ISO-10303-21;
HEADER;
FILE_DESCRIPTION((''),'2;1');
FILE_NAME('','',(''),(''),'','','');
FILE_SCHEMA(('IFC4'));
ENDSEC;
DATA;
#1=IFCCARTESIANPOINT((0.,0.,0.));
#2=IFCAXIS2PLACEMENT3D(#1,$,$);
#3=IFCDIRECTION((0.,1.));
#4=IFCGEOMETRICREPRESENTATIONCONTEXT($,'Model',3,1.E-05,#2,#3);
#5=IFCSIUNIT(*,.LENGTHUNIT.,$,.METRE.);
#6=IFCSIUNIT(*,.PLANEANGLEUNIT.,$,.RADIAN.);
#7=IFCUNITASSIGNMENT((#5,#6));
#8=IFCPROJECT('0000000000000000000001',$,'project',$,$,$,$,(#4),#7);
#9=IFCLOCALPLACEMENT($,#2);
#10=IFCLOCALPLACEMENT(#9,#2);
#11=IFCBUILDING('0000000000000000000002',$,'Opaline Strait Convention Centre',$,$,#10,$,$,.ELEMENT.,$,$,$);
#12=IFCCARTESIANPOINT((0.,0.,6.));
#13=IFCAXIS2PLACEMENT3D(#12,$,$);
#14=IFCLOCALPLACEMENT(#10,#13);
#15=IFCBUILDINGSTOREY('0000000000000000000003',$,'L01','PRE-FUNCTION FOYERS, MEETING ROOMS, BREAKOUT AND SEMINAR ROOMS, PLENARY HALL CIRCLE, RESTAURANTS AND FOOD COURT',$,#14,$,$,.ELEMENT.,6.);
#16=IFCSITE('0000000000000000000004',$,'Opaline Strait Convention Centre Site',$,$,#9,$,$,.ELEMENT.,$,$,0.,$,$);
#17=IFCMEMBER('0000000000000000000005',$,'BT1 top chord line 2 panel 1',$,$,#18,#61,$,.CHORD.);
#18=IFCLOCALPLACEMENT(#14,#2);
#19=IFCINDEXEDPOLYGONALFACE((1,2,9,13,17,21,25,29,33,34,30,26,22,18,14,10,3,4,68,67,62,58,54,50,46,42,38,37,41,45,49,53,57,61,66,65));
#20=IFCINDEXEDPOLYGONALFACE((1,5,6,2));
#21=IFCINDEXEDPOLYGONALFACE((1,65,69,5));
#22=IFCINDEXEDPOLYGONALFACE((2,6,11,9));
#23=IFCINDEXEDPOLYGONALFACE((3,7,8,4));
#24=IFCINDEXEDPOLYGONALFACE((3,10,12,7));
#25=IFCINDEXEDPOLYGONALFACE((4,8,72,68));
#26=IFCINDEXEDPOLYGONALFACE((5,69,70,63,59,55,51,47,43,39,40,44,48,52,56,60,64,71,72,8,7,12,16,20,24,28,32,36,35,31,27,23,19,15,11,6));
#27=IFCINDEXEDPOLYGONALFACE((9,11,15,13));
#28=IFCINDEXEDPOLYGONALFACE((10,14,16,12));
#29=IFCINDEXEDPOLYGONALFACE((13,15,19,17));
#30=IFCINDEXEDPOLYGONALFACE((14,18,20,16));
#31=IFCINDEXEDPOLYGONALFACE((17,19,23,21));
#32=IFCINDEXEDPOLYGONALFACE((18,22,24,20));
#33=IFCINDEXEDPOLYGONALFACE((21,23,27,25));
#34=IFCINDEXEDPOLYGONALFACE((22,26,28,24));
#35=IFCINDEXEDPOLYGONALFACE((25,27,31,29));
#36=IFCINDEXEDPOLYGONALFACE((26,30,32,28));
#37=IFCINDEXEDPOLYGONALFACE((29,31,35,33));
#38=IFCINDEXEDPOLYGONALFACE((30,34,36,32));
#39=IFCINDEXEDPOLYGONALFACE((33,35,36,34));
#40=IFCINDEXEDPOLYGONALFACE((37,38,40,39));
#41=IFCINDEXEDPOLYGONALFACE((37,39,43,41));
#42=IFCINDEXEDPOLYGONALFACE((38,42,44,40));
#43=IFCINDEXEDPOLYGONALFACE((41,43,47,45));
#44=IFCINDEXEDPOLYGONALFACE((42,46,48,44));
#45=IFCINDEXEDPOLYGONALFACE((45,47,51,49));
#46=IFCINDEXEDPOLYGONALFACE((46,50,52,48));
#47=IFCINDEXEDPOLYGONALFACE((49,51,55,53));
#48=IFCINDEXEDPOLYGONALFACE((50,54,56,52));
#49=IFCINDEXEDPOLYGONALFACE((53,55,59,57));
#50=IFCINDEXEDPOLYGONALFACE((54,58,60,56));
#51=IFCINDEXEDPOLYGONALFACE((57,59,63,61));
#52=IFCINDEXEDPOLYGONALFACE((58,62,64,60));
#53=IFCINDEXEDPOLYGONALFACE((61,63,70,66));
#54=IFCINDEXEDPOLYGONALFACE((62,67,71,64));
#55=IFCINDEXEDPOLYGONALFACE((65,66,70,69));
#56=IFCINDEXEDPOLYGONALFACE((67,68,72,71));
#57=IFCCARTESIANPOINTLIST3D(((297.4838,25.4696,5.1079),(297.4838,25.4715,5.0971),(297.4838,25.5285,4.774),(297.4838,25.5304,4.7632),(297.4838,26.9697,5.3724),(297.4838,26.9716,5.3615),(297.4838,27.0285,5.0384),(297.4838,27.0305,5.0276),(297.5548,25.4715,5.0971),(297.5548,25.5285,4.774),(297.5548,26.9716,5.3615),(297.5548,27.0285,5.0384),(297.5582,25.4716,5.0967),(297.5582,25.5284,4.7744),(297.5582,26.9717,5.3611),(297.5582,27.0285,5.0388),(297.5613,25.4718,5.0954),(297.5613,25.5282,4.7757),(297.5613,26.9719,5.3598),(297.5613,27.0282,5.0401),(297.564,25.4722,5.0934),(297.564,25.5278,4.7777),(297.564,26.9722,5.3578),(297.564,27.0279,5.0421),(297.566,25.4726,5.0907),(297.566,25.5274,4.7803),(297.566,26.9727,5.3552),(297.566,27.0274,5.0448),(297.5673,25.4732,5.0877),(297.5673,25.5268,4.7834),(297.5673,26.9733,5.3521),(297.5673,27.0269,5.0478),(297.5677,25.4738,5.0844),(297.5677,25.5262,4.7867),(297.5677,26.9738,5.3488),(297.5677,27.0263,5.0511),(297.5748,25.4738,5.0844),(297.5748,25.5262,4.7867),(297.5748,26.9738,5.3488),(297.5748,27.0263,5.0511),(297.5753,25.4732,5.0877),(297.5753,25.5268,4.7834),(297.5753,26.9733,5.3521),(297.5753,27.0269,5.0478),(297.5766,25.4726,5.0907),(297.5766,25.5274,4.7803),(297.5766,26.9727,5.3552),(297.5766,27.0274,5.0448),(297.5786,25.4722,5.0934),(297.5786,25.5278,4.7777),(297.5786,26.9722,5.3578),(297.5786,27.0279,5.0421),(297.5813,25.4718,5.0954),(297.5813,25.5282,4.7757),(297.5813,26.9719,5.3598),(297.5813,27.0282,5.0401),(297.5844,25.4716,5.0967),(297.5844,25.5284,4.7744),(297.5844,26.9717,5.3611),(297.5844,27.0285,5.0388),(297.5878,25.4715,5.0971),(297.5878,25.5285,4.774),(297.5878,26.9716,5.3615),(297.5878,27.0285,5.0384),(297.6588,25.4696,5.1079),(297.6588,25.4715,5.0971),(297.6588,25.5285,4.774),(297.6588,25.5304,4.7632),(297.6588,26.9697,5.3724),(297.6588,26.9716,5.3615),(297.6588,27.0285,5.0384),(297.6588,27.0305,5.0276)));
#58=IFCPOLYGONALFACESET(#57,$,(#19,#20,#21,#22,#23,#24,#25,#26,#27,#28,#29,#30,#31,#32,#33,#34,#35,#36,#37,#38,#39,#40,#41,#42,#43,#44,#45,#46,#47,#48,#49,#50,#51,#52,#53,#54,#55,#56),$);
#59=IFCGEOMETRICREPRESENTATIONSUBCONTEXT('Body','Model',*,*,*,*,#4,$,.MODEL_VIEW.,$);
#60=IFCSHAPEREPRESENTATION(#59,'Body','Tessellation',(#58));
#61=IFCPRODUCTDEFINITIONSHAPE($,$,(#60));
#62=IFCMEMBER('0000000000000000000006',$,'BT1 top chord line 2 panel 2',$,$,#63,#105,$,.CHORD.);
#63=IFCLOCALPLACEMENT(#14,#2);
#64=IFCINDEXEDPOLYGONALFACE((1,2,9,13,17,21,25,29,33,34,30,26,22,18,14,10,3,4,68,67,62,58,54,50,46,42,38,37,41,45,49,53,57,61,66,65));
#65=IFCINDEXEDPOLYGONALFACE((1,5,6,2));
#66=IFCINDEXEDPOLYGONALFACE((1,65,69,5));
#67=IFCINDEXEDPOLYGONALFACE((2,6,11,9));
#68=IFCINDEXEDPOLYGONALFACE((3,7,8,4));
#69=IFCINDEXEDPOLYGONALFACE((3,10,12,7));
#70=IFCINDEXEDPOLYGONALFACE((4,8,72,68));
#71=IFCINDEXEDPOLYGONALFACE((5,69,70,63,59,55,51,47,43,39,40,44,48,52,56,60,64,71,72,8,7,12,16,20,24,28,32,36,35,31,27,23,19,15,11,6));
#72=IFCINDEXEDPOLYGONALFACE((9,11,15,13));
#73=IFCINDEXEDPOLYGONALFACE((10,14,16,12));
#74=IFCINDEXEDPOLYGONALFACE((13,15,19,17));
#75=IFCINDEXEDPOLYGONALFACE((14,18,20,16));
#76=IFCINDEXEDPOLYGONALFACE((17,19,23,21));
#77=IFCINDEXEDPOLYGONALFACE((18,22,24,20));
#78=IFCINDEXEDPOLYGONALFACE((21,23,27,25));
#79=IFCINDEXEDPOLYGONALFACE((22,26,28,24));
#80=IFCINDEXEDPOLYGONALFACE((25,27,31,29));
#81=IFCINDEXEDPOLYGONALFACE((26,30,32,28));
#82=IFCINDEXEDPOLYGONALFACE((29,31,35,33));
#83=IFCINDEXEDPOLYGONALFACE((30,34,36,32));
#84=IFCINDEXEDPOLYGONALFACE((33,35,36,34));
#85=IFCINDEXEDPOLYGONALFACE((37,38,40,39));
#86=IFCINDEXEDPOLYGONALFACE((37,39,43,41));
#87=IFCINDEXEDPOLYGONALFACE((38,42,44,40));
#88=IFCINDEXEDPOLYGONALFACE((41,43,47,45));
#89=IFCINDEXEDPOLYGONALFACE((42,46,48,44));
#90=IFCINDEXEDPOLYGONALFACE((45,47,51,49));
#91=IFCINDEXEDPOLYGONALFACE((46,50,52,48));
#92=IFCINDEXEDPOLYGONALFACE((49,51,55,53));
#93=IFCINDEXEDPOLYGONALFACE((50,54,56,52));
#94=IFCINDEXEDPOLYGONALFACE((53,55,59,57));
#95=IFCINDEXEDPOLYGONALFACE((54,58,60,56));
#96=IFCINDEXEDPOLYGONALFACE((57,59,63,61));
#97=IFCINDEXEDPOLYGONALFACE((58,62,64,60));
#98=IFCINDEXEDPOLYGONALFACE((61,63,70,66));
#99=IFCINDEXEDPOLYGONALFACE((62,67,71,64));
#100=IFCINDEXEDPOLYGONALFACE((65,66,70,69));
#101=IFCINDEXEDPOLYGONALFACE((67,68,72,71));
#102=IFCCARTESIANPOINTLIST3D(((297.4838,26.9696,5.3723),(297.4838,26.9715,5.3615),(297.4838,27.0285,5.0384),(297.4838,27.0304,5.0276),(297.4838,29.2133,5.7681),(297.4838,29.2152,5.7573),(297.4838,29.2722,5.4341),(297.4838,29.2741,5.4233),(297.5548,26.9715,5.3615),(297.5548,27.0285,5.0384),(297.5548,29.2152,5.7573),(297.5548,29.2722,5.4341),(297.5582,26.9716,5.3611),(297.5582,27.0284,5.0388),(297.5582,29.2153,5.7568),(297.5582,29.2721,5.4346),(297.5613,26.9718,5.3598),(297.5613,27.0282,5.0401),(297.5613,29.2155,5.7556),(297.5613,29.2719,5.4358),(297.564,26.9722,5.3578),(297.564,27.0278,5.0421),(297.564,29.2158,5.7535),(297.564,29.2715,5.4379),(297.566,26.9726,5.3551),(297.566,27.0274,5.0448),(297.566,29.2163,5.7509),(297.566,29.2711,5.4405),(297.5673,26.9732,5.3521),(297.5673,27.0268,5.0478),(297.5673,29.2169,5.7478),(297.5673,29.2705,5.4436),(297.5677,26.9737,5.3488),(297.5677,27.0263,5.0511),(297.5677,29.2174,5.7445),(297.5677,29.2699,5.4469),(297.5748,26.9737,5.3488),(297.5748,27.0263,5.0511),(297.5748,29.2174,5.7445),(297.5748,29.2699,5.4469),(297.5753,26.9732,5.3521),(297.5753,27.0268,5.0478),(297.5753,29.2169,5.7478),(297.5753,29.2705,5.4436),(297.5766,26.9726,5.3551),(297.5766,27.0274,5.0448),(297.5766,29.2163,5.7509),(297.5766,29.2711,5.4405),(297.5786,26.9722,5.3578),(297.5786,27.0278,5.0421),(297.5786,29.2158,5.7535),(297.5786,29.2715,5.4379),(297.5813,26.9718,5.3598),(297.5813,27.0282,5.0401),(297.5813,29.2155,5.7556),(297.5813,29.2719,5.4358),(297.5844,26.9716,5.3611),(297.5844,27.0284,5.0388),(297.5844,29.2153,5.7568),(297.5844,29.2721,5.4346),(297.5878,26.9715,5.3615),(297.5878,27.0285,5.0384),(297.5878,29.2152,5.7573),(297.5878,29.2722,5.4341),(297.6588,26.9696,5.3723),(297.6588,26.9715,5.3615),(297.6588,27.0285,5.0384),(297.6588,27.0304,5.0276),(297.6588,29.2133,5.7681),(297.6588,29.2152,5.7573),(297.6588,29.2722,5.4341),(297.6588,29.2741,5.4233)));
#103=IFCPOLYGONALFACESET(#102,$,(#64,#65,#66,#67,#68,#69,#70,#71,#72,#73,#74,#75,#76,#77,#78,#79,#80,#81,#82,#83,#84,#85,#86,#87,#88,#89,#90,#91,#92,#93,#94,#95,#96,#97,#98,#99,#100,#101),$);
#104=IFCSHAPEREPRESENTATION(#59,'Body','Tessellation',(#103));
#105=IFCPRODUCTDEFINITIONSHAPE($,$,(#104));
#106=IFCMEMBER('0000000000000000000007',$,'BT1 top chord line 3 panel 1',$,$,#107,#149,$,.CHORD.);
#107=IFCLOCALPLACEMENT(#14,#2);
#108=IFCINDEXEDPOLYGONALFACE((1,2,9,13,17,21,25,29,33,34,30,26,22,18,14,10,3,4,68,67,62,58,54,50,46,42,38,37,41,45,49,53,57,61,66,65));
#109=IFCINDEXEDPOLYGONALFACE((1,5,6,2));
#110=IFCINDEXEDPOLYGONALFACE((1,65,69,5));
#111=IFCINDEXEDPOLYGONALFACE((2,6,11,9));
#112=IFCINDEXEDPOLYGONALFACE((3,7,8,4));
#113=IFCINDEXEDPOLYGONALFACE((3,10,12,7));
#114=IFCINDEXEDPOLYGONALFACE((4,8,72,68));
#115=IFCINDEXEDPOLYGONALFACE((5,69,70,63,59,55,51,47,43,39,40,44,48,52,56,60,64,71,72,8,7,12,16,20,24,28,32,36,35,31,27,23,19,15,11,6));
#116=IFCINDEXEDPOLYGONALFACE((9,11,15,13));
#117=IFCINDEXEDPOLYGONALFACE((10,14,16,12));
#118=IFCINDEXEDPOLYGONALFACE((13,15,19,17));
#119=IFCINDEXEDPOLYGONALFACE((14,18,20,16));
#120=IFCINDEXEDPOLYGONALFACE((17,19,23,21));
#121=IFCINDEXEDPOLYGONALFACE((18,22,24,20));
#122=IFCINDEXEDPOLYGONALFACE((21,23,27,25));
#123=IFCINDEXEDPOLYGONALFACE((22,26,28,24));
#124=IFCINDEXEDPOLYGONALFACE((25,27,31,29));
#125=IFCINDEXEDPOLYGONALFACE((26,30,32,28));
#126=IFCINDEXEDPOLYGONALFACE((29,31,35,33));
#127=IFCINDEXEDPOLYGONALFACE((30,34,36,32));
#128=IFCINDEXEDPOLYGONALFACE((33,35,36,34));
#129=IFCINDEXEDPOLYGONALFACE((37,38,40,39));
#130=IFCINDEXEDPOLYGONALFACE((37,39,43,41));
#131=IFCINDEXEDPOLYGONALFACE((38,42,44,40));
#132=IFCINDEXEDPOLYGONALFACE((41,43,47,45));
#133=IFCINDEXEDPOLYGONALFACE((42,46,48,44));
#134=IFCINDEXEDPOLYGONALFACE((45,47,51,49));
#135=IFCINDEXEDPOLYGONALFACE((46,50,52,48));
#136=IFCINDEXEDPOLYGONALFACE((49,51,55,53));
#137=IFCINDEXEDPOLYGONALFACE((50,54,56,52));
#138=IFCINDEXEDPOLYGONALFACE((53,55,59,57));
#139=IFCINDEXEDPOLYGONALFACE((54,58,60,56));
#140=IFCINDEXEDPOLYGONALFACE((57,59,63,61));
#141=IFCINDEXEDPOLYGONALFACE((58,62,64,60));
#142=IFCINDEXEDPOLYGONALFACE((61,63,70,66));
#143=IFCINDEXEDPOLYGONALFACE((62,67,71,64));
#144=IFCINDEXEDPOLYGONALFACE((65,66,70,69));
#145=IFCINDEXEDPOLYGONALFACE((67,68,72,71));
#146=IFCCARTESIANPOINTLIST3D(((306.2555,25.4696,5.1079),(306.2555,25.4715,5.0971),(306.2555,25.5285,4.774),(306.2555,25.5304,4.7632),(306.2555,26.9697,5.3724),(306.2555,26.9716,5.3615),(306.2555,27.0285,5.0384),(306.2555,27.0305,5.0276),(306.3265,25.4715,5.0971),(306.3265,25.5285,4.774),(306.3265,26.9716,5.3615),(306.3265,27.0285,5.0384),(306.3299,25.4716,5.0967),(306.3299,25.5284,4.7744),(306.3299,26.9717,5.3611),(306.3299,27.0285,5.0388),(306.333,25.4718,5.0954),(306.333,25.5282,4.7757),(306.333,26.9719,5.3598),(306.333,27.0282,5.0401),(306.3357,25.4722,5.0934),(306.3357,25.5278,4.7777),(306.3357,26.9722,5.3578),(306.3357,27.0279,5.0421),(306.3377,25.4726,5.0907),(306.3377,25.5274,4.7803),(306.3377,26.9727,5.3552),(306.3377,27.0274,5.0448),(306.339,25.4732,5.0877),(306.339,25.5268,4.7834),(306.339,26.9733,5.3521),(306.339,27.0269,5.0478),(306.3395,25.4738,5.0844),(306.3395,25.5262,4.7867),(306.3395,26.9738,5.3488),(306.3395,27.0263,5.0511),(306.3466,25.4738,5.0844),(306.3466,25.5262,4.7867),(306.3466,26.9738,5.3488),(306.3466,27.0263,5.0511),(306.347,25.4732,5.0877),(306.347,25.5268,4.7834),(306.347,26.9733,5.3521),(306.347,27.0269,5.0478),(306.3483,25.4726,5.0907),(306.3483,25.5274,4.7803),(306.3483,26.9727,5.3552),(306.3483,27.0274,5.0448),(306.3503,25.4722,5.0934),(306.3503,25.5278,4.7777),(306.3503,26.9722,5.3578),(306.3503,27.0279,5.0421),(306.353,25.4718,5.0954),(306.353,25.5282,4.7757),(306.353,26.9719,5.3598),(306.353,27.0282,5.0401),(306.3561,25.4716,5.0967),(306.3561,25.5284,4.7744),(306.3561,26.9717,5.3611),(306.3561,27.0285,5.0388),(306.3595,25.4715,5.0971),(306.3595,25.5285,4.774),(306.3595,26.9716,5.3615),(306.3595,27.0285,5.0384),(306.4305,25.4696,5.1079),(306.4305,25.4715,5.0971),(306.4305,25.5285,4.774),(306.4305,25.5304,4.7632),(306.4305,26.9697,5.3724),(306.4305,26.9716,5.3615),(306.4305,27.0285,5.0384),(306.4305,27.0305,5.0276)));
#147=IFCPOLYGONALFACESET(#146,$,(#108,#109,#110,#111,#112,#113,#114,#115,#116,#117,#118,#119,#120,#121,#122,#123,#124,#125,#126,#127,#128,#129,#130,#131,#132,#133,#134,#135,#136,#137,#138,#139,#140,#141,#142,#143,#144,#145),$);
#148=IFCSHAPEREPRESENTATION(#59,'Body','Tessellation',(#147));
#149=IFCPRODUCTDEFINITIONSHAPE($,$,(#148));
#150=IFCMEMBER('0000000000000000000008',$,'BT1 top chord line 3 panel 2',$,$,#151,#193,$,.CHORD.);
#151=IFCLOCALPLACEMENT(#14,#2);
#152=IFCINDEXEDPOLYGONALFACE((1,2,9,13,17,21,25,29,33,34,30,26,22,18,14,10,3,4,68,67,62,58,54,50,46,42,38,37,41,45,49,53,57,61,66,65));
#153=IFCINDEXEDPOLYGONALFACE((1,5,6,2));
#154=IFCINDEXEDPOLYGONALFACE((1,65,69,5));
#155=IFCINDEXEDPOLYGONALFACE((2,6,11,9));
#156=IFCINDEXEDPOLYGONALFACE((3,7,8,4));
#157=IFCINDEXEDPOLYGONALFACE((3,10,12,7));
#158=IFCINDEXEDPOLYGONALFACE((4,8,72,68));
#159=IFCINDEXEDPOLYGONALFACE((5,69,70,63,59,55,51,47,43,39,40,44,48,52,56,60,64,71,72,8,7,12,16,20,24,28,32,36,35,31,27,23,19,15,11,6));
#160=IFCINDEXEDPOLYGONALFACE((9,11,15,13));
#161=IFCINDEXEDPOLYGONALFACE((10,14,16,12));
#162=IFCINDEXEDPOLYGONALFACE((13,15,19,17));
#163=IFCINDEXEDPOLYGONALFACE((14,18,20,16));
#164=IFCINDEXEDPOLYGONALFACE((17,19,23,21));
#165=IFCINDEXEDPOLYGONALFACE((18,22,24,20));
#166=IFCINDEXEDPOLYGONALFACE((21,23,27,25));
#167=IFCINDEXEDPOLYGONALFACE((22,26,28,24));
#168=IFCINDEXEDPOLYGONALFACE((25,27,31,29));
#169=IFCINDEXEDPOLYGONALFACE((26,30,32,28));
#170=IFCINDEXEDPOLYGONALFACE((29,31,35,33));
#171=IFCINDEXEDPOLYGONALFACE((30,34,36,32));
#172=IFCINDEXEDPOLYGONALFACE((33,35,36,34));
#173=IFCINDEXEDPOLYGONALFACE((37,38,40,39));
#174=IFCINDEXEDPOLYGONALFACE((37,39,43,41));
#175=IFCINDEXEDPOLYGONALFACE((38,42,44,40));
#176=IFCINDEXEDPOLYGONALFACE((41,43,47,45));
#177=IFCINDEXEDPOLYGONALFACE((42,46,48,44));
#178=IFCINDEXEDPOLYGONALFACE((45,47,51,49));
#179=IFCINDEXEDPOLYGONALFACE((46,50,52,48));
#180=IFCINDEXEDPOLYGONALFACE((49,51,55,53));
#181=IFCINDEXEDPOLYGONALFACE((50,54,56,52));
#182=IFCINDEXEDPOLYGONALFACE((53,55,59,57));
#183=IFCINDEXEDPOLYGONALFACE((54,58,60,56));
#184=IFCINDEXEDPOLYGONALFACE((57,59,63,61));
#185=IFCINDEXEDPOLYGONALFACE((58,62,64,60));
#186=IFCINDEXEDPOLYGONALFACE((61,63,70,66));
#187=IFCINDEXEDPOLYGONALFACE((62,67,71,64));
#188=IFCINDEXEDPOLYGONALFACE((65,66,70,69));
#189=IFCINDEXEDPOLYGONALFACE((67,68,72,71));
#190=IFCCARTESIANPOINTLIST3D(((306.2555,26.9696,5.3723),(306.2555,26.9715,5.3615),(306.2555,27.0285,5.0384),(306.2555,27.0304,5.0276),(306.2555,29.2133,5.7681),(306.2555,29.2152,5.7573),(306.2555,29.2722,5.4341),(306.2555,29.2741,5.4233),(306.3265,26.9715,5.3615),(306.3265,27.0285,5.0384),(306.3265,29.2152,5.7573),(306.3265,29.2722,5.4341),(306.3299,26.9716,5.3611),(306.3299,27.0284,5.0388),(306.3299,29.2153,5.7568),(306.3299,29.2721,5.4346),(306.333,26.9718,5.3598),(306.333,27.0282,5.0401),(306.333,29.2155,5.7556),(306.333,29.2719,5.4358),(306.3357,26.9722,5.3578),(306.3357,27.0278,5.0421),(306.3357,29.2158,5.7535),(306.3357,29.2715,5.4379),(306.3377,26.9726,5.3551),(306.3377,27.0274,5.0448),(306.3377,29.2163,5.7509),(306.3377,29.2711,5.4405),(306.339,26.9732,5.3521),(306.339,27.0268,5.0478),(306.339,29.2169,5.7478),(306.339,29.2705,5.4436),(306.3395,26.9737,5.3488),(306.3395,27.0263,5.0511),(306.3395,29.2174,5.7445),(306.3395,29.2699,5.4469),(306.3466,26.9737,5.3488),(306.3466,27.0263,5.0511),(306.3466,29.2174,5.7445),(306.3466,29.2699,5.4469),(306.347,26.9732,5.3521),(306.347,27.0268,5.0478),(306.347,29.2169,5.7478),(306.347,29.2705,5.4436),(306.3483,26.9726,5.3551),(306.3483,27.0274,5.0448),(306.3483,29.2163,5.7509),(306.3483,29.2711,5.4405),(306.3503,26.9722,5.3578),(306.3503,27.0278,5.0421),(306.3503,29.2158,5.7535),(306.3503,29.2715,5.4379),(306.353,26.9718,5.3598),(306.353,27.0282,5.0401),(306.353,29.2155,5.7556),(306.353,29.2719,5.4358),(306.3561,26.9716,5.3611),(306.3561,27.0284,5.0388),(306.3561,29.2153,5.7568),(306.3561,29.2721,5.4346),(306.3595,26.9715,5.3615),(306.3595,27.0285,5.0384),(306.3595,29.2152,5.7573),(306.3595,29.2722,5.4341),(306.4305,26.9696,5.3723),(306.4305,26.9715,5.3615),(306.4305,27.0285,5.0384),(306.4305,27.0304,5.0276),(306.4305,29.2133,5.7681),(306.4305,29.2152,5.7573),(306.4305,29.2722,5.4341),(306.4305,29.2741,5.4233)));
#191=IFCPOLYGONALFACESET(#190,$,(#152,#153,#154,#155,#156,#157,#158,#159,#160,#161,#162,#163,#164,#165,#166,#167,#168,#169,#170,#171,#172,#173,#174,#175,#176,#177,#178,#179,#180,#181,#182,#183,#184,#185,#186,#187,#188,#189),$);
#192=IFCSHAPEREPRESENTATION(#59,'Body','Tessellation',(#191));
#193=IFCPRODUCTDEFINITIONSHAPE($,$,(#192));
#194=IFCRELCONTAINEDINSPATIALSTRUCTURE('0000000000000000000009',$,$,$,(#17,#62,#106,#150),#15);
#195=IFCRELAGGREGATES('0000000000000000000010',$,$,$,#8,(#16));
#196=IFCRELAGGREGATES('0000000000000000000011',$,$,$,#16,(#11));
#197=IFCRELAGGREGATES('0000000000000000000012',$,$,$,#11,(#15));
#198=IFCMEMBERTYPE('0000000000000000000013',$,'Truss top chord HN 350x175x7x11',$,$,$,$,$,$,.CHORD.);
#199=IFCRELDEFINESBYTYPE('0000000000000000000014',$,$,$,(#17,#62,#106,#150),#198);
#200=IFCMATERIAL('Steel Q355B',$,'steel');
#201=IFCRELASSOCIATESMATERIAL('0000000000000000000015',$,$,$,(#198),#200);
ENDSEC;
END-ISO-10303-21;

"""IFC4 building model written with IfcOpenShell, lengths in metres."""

from ifc_helpers import new_model, si_unit, direction, frame, origin, origin_2d, place, context, subcontext, project, spatial, i_section, extrude, material, material_profile, profile_set, type_object, element, save


model = new_model("IFC4")

# Units and contexts
model_context = context("Model", 3, precision=1e-05, world=origin(), true_north=direction((0.0, 1.0)))
body_context = subcontext(model_context, "Body", "Model", "MODEL_VIEW")
ifc_project = project(units=[si_unit("LENGTHUNIT", "METRE"), si_unit("PLANEANGLEUNIT", "RADIAN")], contexts=[model_context])

# Site, building, storey
site_placement = place(None, origin())
site = spatial("IfcSite", under=ifc_project, at=site_placement, Name="Opaline Strait Convention Centre Site", CompositionType="ELEMENT", RefElevation=0.0)
building_placement = place(site_placement, origin())
building = spatial("IfcBuilding", under=site, at=building_placement, Name="Opaline Strait Convention Centre", CompositionType="ELEMENT")
storey_placement = place(building_placement, frame((0.0, 0.0, 6.0)))
storey = spatial("IfcBuildingStorey", under=building, at=storey_placement, Name="L01", Description="PRE-FUNCTION FOYERS, MEETING ROOMS, BREAKOUT AND SEMINAR ROOMS, PLENARY HALL CIRCLE, RESTAURANTS AND FOOD COURT", CompositionType="ELEMENT", Elevation=6.0)

# Members
ifc_material_1 = material(Name="Steel Q355B", Category="steel")
ifc_material_profile_1 = material_profile(ifc_material_1, i_section(OverallWidth=0.175, OverallDepth=0.3501, WebThickness=0.0071, FlangeThickness=0.011, FilletRadius=0.0129, at=origin_2d()), Name="HN 350x175x7x11")
ifc_profile_set_1 = profile_set([ifc_material_profile_1], Name="Steel Q355B")
member_type_1 = type_object("IfcMemberType", Name="Truss top chord HN 350x175x7x11", PredefinedType="CHORD", material=ifc_profile_set_1)
member_1_placement = place(storey_placement, frame((297.5713, 25.5, 4.9355), z_axis=(0.0, 0.984817, 0.173593), x_axis=(-1.0, 0.0, 0.0)))
element("IfcMember", 1, at=member_1_placement, inside=storey, type_object=member_type_1, Name="BT1 top chord line 2 panel 1", PredefinedType="CHORD", context=body_context, shape_type="SweptSolid", body=[
    extrude(i_section(OverallWidth=0.175, OverallDepth=0.3501, WebThickness=0.0071, FlangeThickness=0.011, FilletRadius=0.0129, at=origin_2d()), origin(), (0.0, 0.0, 1.0), 1.5232),
])
member_2_placement = place(storey_placement, frame((297.5713, 27.0, 5.2), z_axis=(0.0, 0.984798, 0.173706), x_axis=(-1.0, 0.0, 0.0)))
element("IfcMember", 2, at=member_2_placement, inside=storey, type_object=member_type_1, Name="BT1 top chord line 2 panel 2", PredefinedType="CHORD", context=body_context, shape_type="SweptSolid", body=[
    extrude(i_section(OverallWidth=0.175, OverallDepth=0.3501, WebThickness=0.0071, FlangeThickness=0.011, FilletRadius=0.0129, at=origin_2d()), origin(), (0.0, 0.0, 1.0), 2.2783),
])
member_3_placement = place(storey_placement, frame((306.343, 25.5, 4.9355), z_axis=(0.0, 0.984817, 0.173593), x_axis=(-1.0, 0.0, 0.0)))
element("IfcMember", 3, at=member_3_placement, inside=storey, type_object=member_type_1, Name="BT1 top chord line 3 panel 1", PredefinedType="CHORD", context=body_context, shape_type="SweptSolid", body=[
    extrude(i_section(OverallWidth=0.175, OverallDepth=0.3501, WebThickness=0.0071, FlangeThickness=0.011, FilletRadius=0.0129, at=origin_2d()), origin(), (0.0, 0.0, 1.0), 1.5232),
])
member_4_placement = place(storey_placement, frame((306.343, 27.0, 5.2), z_axis=(0.0, 0.984798, 0.173706), x_axis=(-1.0, 0.0, 0.0)))
element("IfcMember", 4, at=member_4_placement, inside=storey, type_object=member_type_1, Name="BT1 top chord line 3 panel 2", PredefinedType="CHORD", context=body_context, shape_type="SweptSolid", body=[
    extrude(i_section(OverallWidth=0.175, OverallDepth=0.3501, WebThickness=0.0071, FlangeThickness=0.011, FilletRadius=0.0129, at=origin_2d()), origin(), (0.0, 0.0, 1.0), 2.2783),
])

save(model, "model.ifc")
